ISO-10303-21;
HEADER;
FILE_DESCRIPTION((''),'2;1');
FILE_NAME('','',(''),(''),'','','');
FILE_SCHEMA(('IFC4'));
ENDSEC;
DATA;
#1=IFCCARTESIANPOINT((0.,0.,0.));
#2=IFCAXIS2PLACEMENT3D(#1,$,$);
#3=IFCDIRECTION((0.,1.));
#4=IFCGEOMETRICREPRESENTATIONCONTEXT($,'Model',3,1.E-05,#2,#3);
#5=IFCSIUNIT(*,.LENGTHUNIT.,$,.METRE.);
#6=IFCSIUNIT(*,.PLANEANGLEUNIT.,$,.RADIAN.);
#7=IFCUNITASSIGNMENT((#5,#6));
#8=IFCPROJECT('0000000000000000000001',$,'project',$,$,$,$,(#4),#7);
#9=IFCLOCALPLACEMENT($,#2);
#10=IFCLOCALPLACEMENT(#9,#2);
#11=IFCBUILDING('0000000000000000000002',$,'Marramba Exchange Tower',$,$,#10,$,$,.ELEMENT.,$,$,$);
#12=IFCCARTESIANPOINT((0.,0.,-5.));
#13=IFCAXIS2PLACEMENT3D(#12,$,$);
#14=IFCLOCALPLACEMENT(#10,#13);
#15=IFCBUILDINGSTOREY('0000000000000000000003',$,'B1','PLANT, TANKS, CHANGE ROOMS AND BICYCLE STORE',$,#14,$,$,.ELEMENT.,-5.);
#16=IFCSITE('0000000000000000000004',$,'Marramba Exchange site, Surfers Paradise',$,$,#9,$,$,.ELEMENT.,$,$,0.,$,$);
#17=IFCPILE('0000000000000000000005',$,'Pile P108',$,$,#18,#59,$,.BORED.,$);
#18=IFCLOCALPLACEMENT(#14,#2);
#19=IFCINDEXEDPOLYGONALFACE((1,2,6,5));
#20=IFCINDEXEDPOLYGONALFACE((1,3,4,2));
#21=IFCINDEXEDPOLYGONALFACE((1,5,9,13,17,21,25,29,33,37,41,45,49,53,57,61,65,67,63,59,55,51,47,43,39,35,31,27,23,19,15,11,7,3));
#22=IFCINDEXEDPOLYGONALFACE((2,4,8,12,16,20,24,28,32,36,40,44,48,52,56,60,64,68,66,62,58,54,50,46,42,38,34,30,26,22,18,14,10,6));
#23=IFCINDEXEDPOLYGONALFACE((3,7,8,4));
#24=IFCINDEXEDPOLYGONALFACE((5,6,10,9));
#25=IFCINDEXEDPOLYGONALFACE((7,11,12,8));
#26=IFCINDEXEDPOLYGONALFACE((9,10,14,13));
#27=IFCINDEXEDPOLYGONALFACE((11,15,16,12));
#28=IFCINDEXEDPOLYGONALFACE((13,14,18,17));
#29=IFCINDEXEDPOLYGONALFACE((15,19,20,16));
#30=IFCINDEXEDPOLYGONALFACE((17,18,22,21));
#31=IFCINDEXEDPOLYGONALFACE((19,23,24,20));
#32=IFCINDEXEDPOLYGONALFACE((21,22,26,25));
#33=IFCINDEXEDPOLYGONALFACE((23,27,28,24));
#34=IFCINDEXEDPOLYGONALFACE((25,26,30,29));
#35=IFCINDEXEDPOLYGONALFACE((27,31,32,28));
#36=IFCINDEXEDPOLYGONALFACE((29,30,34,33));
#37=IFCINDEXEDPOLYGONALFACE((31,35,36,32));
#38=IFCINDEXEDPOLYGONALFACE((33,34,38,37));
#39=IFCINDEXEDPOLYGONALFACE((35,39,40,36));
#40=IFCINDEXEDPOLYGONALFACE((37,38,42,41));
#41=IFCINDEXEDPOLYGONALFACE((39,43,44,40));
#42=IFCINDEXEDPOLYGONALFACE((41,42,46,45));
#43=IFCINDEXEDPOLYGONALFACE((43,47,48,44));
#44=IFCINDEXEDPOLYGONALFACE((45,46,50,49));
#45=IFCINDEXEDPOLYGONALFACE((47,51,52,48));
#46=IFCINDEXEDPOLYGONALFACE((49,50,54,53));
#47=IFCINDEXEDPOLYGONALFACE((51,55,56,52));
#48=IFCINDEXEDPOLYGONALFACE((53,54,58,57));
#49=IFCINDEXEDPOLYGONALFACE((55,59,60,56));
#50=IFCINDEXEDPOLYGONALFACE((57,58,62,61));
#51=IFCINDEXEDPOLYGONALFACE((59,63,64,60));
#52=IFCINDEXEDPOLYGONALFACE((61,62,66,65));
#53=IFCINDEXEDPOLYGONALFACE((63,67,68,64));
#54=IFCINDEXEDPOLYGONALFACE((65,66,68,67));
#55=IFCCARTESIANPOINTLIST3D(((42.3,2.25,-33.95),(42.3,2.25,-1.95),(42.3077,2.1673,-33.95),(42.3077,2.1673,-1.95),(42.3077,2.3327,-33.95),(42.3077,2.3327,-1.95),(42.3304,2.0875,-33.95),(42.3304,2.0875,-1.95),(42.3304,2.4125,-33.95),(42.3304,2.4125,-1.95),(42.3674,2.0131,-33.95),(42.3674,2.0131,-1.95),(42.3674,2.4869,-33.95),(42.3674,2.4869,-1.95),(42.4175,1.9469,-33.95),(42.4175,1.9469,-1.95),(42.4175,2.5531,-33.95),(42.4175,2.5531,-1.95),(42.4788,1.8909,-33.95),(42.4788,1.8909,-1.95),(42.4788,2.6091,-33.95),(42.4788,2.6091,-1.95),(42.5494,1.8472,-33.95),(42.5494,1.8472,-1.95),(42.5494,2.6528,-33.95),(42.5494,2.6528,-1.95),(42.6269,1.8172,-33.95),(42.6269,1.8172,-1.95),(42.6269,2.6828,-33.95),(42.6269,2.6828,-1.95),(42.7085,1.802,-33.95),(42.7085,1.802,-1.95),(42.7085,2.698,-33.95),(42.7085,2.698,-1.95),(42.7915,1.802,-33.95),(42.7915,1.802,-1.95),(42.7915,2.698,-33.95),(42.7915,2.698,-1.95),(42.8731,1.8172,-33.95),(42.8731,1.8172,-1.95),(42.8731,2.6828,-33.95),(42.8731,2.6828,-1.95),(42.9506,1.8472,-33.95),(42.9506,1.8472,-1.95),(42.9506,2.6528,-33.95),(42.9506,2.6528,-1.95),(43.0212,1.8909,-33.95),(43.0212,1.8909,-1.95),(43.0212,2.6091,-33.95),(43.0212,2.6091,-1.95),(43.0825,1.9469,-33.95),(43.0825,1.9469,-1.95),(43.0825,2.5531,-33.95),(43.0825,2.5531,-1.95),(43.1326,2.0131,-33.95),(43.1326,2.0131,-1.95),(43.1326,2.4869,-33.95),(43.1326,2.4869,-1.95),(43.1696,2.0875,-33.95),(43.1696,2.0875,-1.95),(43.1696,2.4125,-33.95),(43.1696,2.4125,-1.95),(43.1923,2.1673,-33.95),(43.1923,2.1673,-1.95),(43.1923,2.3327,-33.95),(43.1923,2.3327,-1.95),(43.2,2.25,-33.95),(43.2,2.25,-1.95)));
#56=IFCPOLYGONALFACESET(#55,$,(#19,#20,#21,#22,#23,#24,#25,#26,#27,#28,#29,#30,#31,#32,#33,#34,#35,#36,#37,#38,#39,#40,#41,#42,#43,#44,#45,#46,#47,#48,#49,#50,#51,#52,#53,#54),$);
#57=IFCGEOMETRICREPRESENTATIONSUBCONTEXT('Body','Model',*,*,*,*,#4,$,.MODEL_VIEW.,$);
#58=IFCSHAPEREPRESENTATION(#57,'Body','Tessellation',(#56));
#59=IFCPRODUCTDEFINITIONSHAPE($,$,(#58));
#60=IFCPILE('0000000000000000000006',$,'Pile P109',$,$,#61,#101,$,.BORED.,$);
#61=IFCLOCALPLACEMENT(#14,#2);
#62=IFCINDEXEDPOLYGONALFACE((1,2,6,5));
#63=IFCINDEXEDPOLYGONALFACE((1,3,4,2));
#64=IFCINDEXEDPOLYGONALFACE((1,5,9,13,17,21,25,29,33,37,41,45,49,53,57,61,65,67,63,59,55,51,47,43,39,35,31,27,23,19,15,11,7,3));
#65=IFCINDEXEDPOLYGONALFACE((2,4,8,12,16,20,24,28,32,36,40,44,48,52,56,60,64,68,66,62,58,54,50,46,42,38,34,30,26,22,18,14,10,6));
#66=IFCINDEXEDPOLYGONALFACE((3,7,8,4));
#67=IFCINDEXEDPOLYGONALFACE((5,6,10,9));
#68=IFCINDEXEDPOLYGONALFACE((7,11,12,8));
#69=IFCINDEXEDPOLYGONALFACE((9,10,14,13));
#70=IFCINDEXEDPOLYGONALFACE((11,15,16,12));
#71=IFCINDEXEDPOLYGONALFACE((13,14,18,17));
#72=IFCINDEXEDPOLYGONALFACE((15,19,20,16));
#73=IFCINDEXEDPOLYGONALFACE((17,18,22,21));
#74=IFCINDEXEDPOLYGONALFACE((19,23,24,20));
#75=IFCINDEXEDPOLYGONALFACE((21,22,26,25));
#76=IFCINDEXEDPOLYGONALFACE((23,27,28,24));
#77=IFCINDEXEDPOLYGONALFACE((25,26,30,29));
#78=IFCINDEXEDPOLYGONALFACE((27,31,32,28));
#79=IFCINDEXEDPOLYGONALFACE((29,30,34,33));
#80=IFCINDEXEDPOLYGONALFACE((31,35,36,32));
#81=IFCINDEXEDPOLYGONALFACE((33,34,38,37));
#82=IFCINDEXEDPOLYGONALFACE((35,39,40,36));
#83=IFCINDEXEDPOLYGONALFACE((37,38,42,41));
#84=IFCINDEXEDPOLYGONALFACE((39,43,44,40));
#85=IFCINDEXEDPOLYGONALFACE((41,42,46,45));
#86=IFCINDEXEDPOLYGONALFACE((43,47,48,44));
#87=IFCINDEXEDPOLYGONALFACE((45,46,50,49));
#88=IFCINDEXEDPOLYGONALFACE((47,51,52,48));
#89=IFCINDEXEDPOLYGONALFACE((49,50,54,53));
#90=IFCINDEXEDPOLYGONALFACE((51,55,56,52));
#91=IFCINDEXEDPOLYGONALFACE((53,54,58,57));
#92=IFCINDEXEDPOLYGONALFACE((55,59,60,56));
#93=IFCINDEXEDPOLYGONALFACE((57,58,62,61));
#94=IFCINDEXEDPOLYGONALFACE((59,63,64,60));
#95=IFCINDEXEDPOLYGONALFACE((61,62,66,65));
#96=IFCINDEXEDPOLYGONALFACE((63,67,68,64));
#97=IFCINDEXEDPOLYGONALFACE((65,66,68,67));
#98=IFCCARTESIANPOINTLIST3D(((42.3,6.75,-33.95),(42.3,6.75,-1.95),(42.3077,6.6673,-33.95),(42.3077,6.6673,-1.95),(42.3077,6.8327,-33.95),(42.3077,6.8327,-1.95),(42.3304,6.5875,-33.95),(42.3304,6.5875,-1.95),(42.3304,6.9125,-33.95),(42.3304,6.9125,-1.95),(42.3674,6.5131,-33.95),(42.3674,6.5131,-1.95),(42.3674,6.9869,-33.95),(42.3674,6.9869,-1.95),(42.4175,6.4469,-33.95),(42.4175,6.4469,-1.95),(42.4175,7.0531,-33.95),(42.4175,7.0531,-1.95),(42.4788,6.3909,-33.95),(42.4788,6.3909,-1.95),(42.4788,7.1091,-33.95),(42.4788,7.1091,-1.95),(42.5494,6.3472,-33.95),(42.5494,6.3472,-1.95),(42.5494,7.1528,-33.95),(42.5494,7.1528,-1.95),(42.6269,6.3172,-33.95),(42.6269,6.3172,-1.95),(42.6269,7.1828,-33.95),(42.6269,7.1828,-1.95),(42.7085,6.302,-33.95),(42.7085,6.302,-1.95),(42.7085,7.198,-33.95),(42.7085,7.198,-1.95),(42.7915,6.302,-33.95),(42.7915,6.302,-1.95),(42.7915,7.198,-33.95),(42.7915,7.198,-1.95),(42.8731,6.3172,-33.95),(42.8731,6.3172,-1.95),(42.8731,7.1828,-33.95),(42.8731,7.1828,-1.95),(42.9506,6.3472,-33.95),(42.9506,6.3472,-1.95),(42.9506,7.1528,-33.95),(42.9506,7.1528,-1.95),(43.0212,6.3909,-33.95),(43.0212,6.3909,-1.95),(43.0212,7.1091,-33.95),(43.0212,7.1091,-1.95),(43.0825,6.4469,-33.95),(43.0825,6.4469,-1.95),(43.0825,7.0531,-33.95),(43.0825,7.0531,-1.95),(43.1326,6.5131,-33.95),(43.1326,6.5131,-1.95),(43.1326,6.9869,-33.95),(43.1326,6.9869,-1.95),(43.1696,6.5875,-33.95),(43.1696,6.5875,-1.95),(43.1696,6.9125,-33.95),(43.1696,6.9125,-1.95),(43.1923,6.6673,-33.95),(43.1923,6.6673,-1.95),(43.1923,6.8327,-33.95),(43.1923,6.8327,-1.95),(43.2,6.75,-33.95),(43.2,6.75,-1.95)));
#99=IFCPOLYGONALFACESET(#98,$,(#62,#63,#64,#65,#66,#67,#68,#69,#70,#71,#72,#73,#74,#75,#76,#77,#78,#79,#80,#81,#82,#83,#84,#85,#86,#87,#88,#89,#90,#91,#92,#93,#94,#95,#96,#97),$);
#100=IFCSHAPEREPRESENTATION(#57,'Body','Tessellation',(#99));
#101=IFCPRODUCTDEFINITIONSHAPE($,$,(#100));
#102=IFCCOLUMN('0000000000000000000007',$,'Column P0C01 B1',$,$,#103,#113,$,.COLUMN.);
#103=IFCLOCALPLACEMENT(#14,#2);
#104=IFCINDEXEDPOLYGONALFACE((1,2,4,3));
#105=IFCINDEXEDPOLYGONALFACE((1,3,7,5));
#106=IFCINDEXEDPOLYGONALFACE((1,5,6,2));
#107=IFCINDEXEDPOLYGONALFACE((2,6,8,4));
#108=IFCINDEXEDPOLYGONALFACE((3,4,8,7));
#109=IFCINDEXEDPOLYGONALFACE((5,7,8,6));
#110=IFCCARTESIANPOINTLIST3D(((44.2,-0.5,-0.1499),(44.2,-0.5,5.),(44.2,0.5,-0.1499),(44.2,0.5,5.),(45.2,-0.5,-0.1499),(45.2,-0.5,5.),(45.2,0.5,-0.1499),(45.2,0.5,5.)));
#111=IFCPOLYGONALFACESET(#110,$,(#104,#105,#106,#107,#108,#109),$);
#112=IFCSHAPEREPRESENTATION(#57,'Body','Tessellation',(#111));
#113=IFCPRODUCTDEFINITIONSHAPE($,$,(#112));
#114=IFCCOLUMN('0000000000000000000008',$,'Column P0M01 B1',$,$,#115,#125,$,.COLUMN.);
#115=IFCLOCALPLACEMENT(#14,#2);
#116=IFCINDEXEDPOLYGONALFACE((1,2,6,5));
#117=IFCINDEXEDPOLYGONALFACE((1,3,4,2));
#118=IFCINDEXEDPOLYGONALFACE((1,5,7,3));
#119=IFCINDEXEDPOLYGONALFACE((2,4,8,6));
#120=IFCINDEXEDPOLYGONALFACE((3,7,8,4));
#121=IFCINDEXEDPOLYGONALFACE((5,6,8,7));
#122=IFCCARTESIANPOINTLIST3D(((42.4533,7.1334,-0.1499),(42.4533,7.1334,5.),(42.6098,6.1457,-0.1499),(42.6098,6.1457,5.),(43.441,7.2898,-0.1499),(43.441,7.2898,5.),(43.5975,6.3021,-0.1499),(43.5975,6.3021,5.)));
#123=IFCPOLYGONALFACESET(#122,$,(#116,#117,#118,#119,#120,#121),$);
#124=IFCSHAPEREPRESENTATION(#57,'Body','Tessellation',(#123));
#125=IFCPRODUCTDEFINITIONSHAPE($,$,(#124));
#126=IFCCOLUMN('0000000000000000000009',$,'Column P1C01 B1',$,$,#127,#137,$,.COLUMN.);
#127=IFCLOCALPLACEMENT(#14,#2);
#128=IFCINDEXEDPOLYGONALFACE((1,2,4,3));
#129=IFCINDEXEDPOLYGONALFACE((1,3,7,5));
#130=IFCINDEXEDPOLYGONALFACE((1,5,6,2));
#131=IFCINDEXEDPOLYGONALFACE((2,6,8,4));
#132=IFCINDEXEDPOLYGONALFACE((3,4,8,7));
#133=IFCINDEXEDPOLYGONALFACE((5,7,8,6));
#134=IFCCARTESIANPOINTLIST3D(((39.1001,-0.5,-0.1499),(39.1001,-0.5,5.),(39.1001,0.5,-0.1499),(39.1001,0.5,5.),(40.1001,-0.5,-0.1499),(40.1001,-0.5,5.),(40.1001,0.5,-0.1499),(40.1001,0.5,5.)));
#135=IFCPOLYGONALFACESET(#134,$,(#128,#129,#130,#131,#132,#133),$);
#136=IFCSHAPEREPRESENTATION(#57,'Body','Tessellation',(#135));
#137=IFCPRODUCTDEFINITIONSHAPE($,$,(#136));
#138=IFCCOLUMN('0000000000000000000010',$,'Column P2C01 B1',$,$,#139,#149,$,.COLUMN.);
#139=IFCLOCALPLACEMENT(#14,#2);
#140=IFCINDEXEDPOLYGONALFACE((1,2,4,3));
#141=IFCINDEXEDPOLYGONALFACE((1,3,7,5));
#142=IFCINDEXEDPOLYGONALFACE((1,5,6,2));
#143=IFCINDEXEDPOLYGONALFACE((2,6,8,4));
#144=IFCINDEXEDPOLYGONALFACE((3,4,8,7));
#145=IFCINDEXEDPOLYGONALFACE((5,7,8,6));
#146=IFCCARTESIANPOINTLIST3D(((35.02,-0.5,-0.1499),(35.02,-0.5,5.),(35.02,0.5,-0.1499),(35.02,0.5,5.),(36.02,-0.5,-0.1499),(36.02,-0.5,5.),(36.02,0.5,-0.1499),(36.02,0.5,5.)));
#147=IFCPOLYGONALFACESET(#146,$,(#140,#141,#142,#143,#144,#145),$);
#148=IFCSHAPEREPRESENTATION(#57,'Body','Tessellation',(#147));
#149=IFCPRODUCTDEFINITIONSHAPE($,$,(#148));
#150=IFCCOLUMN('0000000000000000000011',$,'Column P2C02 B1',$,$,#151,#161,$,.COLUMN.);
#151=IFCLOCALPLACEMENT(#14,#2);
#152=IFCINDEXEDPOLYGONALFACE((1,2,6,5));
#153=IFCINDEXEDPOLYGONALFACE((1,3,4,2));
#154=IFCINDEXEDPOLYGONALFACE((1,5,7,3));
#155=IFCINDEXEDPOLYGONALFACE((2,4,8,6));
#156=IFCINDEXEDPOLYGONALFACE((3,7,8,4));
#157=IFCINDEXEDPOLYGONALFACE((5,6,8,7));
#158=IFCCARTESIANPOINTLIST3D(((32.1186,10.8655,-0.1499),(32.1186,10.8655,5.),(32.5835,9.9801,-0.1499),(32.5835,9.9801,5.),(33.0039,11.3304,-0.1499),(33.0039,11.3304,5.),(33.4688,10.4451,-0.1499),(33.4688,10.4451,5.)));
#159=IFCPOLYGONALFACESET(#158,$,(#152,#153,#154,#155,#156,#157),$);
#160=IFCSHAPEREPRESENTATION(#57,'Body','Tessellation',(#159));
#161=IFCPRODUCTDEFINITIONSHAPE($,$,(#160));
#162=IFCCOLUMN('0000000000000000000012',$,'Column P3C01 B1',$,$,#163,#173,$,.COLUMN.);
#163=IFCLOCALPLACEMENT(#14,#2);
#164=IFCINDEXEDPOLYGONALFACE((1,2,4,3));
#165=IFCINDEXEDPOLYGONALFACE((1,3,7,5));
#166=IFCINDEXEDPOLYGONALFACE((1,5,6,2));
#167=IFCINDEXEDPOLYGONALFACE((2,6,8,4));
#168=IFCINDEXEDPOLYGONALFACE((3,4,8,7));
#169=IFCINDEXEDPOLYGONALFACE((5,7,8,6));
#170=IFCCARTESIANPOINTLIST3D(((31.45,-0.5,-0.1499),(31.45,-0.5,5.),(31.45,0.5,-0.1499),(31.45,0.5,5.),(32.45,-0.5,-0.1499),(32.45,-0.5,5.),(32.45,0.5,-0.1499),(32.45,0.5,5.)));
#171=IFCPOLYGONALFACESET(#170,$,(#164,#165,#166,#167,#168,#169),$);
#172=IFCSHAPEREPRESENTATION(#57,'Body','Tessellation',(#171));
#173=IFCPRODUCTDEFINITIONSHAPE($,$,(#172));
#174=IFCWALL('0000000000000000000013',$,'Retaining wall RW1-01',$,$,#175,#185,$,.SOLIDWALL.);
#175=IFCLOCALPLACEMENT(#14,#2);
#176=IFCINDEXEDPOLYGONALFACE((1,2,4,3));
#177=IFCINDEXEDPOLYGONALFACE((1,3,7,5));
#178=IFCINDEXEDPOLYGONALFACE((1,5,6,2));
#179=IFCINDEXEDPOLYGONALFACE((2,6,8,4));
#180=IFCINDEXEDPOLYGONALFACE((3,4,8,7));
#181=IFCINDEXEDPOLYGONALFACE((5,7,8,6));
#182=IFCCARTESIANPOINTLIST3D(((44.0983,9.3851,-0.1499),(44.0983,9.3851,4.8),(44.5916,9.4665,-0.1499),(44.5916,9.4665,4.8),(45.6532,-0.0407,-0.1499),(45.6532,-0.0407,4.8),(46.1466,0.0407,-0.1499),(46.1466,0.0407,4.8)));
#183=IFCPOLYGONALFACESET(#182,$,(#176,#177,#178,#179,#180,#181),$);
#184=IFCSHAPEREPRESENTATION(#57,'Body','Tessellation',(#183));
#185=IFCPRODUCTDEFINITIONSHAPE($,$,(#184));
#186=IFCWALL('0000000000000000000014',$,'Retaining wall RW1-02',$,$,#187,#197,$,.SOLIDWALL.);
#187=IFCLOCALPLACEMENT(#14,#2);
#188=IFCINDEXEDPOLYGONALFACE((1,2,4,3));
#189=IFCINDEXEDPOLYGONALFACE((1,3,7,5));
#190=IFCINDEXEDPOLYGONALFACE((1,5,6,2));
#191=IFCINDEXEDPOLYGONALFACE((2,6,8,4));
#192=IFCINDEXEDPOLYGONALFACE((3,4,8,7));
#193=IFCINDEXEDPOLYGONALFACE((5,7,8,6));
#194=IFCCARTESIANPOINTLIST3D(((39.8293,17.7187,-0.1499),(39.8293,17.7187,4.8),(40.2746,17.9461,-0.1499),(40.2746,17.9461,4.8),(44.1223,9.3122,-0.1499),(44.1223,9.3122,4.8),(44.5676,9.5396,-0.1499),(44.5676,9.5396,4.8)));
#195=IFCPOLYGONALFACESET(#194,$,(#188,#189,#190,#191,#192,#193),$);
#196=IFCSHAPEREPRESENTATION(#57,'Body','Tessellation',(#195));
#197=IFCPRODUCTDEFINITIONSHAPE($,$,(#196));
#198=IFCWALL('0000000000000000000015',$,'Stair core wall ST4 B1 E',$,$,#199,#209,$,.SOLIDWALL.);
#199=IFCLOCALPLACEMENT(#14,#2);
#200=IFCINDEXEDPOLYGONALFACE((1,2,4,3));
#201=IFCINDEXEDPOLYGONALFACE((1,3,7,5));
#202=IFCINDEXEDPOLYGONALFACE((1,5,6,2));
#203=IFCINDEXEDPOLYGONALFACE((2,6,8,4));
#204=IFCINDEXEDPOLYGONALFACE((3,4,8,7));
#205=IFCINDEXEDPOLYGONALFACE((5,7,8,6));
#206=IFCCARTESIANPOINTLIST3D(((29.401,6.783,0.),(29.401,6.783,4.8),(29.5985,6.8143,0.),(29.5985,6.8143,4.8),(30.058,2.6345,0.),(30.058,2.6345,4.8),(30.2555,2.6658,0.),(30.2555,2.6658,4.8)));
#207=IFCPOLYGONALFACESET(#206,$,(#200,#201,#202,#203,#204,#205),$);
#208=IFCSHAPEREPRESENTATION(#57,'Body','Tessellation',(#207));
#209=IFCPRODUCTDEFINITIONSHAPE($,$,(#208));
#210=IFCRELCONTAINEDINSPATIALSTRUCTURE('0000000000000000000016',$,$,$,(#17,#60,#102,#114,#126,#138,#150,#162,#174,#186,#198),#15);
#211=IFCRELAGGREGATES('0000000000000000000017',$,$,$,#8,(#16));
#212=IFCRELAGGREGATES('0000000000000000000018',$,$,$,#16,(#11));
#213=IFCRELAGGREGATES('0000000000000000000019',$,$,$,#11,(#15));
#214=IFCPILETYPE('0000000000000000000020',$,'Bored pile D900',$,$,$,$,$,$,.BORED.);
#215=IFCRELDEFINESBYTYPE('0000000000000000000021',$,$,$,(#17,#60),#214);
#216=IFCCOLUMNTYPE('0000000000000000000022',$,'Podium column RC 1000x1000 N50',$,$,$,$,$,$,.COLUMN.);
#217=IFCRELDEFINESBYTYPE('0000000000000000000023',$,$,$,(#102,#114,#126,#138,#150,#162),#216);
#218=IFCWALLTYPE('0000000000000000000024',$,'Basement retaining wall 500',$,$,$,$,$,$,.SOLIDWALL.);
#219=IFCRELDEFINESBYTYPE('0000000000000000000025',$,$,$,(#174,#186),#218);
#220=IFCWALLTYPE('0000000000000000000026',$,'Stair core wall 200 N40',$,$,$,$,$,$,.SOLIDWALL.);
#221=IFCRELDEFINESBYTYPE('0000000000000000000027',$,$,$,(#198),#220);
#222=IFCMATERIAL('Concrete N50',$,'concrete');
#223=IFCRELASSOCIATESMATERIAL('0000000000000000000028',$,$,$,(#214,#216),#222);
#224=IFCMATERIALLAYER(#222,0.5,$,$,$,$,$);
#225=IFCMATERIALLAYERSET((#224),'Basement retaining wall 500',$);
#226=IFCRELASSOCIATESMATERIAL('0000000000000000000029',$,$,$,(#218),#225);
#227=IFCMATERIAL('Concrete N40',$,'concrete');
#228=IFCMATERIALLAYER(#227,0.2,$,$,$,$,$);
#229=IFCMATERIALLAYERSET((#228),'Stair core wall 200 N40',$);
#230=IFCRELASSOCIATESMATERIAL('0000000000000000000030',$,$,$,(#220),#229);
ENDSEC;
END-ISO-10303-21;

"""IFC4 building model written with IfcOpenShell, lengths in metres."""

from ifc_helpers import new_model, si_unit, direction, frame, frame_2d, origin, origin_2d, place, context, subcontext, project, spatial, rectangle, circle, extrude, material, layer, layer_set, material_profile, profile_set, type_object, element, save


model = new_model("IFC4")

# Units and contexts
model_context = context("Model", 3, precision=1e-05, world=origin(), true_north=direction((0.0, 1.0)))
body_context = subcontext(model_context, "Body", "Model", "MODEL_VIEW")
ifc_project = project(units=[si_unit("LENGTHUNIT", "METRE"), si_unit("PLANEANGLEUNIT", "RADIAN")], contexts=[model_context])

# Site, building, storey
site_placement = place(None, origin())
site = spatial("IfcSite", under=ifc_project, at=site_placement, Name="Marramba Exchange site, Surfers Paradise", CompositionType="ELEMENT", RefElevation=0.0)
building_placement = place(site_placement, origin())
building = spatial("IfcBuilding", under=site, at=building_placement, Name="Marramba Exchange Tower", CompositionType="ELEMENT")
storey_placement = place(building_placement, frame((0.0, 0.0, -5.0)))
storey = spatial("IfcBuildingStorey", under=building, at=storey_placement, Name="B1", Description="PLANT, TANKS, CHANGE ROOMS AND BICYCLE STORE", CompositionType="ELEMENT", Elevation=-5.0)

# Piles
ifc_material_1 = material(Name="Concrete N50", Category="concrete")
ifc_material_profile_1 = material_profile(ifc_material_1, circle(Radius=0.45, at=origin_2d()), Name="BP D900")
ifc_profile_set_1 = profile_set([ifc_material_profile_1], Name="Concrete N50")
pile_type_1 = type_object("IfcPileType", Name="Bored pile D900", PredefinedType="BORED", material=ifc_profile_set_1)
for number, where, z_axis, x_axis, name in (
    (1, (42.75, 2.25, -1.95), (0.0, 0.0, -1.0), (1.0, 0.0, 0.0), "Pile P108"),
    (2, (42.75, 6.75, -1.95), (0.0, 0.0, -1.0), (1.0, 0.0, 0.0), "Pile P109"),
):
    element("IfcPile", number, at=place(storey_placement, frame(where, z_axis=z_axis, x_axis=x_axis)), inside=storey, type_object=pile_type_1, Name=name, PredefinedType="BORED", context=body_context, shape_type="SweptSolid", body=[
        extrude(circle(Radius=0.45, at=origin_2d()), origin(), (0.0, 0.0, 1.0), 32.0),
    ])

# Columns
ifc_material_profile_2 = material_profile(ifc_material_1, rectangle(XDim=1.0, YDim=1.0, at=origin_2d()), Name="RC 1000x1000")
ifc_profile_set_2 = profile_set([ifc_material_profile_2], Name="Concrete N50")
column_type = type_object("IfcColumnType", Name="Podium column RC 1000x1000 N50", PredefinedType="COLUMN", material=ifc_profile_set_2)
for number, where, z_axis, x_axis, name in (
    (3, (44.7, 0.0, -0.1499), (0.0, 0.0, 1.0), (1.0, 0.0, 0.0), "Column P0C01 B1"),
    (4, (43.0254, 6.7178, -0.1499), (0.0, 0.0, 1.0), (0.987688, 0.156434, 0.0), "Column P0M01 B1"),
    (5, (39.6001, 0.0, -0.1499), (0.0, 0.0, 1.0), (1.0, 0.0, 0.0), "Column P1C01 B1"),
    (6, (35.52, 0.0, -0.1499), (0.0, 0.0, 1.0), (1.0, 0.0, 0.0), "Column P2C01 B1"),
    (7, (32.7937, 10.6553, -0.1499), (0.0, 0.0, 1.0), (0.885353, 0.464919, 0.0), "Column P2C02 B1"),
    (8, (31.95, 0.0, -0.1499), (0.0, 0.0, 1.0), (1.0, 0.0, 0.0), "Column P3C01 B1"),
):
    element("IfcColumn", number, at=place(storey_placement, frame(where, z_axis=z_axis, x_axis=x_axis)), inside=storey, type_object=column_type, Name=name, PredefinedType="COLUMN", context=body_context, shape_type="SweptSolid", body=[
        extrude(rectangle(XDim=1.0, YDim=1.0, at=origin_2d()), origin(), (0.0, 0.0, 1.0), 5.1499),
    ])

# Walls
ifc_layer_1 = layer(ifc_material_1, 0.5)
ifc_layer_set_1 = layer_set([ifc_layer_1], Name="Basement retaining wall 500")
wall_type_1 = type_object("IfcWallType", Name="Basement retaining wall 500", PredefinedType="SOLIDWALL", material=ifc_layer_set_1)
wall_1_placement = place(storey_placement, frame((45.8999, 0.0, -0.1499), z_axis=(0.0, 0.0, 1.0), x_axis=(-0.162766, 0.986665, 0.0)))
element("IfcWall", 9, at=wall_1_placement, inside=storey, type_object=wall_type_1, Name="Retaining wall RW1-01", PredefinedType="SOLIDWALL", context=body_context, shape_type="SweptSolid", body=[
    extrude(rectangle(XDim=9.5532, YDim=0.5, at=frame_2d((4.7766, 0.0))), origin(), (0.0, 0.0, 1.0), 4.95),
])
wall_2_placement = place(storey_placement, frame((44.345, 9.4258, -0.1499), z_axis=(0.0, 0.0, 1.0), x_axis=(-0.454802, 0.890593, 0.0)))
element("IfcWall", 10, at=wall_2_placement, inside=storey, type_object=wall_type_1, Name="Retaining wall RW1-02", PredefinedType="SOLIDWALL", context=body_context, shape_type="SweptSolid", body=[
    extrude(rectangle(XDim=9.4392, YDim=0.5, at=frame_2d((4.7197, 0.0))), origin(), (0.0, 0.0, 1.0), 4.95),
])
ifc_material_2 = material(Name="Concrete N40", Category="concrete")
ifc_layer_2 = layer(ifc_material_2, 0.2)
ifc_layer_set_2 = layer_set([ifc_layer_2], Name="Stair core wall 200 N40")
wall_type_2 = type_object("IfcWallType", Name="Stair core wall 200 N40", PredefinedType="SOLIDWALL", material=ifc_layer_set_2)
wall_3_placement = place(storey_placement, frame((30.1567, 2.6501, 0.0), z_axis=(0.0, 0.0, 1.0), x_axis=(-0.156419, 0.987691, 0.0)))
element("IfcWall", 11, at=wall_3_placement, inside=storey, type_object=wall_type_2, Name="Stair core wall ST4 B1 E", PredefinedType="SOLIDWALL", context=body_context, shape_type="SweptSolid", body=[
    extrude(rectangle(XDim=4.2002, YDim=0.2, at=frame_2d((2.1001, 0.0))), origin(), (0.0, 0.0, 1.0), 4.8),
])

save(model, "model.ifc")
